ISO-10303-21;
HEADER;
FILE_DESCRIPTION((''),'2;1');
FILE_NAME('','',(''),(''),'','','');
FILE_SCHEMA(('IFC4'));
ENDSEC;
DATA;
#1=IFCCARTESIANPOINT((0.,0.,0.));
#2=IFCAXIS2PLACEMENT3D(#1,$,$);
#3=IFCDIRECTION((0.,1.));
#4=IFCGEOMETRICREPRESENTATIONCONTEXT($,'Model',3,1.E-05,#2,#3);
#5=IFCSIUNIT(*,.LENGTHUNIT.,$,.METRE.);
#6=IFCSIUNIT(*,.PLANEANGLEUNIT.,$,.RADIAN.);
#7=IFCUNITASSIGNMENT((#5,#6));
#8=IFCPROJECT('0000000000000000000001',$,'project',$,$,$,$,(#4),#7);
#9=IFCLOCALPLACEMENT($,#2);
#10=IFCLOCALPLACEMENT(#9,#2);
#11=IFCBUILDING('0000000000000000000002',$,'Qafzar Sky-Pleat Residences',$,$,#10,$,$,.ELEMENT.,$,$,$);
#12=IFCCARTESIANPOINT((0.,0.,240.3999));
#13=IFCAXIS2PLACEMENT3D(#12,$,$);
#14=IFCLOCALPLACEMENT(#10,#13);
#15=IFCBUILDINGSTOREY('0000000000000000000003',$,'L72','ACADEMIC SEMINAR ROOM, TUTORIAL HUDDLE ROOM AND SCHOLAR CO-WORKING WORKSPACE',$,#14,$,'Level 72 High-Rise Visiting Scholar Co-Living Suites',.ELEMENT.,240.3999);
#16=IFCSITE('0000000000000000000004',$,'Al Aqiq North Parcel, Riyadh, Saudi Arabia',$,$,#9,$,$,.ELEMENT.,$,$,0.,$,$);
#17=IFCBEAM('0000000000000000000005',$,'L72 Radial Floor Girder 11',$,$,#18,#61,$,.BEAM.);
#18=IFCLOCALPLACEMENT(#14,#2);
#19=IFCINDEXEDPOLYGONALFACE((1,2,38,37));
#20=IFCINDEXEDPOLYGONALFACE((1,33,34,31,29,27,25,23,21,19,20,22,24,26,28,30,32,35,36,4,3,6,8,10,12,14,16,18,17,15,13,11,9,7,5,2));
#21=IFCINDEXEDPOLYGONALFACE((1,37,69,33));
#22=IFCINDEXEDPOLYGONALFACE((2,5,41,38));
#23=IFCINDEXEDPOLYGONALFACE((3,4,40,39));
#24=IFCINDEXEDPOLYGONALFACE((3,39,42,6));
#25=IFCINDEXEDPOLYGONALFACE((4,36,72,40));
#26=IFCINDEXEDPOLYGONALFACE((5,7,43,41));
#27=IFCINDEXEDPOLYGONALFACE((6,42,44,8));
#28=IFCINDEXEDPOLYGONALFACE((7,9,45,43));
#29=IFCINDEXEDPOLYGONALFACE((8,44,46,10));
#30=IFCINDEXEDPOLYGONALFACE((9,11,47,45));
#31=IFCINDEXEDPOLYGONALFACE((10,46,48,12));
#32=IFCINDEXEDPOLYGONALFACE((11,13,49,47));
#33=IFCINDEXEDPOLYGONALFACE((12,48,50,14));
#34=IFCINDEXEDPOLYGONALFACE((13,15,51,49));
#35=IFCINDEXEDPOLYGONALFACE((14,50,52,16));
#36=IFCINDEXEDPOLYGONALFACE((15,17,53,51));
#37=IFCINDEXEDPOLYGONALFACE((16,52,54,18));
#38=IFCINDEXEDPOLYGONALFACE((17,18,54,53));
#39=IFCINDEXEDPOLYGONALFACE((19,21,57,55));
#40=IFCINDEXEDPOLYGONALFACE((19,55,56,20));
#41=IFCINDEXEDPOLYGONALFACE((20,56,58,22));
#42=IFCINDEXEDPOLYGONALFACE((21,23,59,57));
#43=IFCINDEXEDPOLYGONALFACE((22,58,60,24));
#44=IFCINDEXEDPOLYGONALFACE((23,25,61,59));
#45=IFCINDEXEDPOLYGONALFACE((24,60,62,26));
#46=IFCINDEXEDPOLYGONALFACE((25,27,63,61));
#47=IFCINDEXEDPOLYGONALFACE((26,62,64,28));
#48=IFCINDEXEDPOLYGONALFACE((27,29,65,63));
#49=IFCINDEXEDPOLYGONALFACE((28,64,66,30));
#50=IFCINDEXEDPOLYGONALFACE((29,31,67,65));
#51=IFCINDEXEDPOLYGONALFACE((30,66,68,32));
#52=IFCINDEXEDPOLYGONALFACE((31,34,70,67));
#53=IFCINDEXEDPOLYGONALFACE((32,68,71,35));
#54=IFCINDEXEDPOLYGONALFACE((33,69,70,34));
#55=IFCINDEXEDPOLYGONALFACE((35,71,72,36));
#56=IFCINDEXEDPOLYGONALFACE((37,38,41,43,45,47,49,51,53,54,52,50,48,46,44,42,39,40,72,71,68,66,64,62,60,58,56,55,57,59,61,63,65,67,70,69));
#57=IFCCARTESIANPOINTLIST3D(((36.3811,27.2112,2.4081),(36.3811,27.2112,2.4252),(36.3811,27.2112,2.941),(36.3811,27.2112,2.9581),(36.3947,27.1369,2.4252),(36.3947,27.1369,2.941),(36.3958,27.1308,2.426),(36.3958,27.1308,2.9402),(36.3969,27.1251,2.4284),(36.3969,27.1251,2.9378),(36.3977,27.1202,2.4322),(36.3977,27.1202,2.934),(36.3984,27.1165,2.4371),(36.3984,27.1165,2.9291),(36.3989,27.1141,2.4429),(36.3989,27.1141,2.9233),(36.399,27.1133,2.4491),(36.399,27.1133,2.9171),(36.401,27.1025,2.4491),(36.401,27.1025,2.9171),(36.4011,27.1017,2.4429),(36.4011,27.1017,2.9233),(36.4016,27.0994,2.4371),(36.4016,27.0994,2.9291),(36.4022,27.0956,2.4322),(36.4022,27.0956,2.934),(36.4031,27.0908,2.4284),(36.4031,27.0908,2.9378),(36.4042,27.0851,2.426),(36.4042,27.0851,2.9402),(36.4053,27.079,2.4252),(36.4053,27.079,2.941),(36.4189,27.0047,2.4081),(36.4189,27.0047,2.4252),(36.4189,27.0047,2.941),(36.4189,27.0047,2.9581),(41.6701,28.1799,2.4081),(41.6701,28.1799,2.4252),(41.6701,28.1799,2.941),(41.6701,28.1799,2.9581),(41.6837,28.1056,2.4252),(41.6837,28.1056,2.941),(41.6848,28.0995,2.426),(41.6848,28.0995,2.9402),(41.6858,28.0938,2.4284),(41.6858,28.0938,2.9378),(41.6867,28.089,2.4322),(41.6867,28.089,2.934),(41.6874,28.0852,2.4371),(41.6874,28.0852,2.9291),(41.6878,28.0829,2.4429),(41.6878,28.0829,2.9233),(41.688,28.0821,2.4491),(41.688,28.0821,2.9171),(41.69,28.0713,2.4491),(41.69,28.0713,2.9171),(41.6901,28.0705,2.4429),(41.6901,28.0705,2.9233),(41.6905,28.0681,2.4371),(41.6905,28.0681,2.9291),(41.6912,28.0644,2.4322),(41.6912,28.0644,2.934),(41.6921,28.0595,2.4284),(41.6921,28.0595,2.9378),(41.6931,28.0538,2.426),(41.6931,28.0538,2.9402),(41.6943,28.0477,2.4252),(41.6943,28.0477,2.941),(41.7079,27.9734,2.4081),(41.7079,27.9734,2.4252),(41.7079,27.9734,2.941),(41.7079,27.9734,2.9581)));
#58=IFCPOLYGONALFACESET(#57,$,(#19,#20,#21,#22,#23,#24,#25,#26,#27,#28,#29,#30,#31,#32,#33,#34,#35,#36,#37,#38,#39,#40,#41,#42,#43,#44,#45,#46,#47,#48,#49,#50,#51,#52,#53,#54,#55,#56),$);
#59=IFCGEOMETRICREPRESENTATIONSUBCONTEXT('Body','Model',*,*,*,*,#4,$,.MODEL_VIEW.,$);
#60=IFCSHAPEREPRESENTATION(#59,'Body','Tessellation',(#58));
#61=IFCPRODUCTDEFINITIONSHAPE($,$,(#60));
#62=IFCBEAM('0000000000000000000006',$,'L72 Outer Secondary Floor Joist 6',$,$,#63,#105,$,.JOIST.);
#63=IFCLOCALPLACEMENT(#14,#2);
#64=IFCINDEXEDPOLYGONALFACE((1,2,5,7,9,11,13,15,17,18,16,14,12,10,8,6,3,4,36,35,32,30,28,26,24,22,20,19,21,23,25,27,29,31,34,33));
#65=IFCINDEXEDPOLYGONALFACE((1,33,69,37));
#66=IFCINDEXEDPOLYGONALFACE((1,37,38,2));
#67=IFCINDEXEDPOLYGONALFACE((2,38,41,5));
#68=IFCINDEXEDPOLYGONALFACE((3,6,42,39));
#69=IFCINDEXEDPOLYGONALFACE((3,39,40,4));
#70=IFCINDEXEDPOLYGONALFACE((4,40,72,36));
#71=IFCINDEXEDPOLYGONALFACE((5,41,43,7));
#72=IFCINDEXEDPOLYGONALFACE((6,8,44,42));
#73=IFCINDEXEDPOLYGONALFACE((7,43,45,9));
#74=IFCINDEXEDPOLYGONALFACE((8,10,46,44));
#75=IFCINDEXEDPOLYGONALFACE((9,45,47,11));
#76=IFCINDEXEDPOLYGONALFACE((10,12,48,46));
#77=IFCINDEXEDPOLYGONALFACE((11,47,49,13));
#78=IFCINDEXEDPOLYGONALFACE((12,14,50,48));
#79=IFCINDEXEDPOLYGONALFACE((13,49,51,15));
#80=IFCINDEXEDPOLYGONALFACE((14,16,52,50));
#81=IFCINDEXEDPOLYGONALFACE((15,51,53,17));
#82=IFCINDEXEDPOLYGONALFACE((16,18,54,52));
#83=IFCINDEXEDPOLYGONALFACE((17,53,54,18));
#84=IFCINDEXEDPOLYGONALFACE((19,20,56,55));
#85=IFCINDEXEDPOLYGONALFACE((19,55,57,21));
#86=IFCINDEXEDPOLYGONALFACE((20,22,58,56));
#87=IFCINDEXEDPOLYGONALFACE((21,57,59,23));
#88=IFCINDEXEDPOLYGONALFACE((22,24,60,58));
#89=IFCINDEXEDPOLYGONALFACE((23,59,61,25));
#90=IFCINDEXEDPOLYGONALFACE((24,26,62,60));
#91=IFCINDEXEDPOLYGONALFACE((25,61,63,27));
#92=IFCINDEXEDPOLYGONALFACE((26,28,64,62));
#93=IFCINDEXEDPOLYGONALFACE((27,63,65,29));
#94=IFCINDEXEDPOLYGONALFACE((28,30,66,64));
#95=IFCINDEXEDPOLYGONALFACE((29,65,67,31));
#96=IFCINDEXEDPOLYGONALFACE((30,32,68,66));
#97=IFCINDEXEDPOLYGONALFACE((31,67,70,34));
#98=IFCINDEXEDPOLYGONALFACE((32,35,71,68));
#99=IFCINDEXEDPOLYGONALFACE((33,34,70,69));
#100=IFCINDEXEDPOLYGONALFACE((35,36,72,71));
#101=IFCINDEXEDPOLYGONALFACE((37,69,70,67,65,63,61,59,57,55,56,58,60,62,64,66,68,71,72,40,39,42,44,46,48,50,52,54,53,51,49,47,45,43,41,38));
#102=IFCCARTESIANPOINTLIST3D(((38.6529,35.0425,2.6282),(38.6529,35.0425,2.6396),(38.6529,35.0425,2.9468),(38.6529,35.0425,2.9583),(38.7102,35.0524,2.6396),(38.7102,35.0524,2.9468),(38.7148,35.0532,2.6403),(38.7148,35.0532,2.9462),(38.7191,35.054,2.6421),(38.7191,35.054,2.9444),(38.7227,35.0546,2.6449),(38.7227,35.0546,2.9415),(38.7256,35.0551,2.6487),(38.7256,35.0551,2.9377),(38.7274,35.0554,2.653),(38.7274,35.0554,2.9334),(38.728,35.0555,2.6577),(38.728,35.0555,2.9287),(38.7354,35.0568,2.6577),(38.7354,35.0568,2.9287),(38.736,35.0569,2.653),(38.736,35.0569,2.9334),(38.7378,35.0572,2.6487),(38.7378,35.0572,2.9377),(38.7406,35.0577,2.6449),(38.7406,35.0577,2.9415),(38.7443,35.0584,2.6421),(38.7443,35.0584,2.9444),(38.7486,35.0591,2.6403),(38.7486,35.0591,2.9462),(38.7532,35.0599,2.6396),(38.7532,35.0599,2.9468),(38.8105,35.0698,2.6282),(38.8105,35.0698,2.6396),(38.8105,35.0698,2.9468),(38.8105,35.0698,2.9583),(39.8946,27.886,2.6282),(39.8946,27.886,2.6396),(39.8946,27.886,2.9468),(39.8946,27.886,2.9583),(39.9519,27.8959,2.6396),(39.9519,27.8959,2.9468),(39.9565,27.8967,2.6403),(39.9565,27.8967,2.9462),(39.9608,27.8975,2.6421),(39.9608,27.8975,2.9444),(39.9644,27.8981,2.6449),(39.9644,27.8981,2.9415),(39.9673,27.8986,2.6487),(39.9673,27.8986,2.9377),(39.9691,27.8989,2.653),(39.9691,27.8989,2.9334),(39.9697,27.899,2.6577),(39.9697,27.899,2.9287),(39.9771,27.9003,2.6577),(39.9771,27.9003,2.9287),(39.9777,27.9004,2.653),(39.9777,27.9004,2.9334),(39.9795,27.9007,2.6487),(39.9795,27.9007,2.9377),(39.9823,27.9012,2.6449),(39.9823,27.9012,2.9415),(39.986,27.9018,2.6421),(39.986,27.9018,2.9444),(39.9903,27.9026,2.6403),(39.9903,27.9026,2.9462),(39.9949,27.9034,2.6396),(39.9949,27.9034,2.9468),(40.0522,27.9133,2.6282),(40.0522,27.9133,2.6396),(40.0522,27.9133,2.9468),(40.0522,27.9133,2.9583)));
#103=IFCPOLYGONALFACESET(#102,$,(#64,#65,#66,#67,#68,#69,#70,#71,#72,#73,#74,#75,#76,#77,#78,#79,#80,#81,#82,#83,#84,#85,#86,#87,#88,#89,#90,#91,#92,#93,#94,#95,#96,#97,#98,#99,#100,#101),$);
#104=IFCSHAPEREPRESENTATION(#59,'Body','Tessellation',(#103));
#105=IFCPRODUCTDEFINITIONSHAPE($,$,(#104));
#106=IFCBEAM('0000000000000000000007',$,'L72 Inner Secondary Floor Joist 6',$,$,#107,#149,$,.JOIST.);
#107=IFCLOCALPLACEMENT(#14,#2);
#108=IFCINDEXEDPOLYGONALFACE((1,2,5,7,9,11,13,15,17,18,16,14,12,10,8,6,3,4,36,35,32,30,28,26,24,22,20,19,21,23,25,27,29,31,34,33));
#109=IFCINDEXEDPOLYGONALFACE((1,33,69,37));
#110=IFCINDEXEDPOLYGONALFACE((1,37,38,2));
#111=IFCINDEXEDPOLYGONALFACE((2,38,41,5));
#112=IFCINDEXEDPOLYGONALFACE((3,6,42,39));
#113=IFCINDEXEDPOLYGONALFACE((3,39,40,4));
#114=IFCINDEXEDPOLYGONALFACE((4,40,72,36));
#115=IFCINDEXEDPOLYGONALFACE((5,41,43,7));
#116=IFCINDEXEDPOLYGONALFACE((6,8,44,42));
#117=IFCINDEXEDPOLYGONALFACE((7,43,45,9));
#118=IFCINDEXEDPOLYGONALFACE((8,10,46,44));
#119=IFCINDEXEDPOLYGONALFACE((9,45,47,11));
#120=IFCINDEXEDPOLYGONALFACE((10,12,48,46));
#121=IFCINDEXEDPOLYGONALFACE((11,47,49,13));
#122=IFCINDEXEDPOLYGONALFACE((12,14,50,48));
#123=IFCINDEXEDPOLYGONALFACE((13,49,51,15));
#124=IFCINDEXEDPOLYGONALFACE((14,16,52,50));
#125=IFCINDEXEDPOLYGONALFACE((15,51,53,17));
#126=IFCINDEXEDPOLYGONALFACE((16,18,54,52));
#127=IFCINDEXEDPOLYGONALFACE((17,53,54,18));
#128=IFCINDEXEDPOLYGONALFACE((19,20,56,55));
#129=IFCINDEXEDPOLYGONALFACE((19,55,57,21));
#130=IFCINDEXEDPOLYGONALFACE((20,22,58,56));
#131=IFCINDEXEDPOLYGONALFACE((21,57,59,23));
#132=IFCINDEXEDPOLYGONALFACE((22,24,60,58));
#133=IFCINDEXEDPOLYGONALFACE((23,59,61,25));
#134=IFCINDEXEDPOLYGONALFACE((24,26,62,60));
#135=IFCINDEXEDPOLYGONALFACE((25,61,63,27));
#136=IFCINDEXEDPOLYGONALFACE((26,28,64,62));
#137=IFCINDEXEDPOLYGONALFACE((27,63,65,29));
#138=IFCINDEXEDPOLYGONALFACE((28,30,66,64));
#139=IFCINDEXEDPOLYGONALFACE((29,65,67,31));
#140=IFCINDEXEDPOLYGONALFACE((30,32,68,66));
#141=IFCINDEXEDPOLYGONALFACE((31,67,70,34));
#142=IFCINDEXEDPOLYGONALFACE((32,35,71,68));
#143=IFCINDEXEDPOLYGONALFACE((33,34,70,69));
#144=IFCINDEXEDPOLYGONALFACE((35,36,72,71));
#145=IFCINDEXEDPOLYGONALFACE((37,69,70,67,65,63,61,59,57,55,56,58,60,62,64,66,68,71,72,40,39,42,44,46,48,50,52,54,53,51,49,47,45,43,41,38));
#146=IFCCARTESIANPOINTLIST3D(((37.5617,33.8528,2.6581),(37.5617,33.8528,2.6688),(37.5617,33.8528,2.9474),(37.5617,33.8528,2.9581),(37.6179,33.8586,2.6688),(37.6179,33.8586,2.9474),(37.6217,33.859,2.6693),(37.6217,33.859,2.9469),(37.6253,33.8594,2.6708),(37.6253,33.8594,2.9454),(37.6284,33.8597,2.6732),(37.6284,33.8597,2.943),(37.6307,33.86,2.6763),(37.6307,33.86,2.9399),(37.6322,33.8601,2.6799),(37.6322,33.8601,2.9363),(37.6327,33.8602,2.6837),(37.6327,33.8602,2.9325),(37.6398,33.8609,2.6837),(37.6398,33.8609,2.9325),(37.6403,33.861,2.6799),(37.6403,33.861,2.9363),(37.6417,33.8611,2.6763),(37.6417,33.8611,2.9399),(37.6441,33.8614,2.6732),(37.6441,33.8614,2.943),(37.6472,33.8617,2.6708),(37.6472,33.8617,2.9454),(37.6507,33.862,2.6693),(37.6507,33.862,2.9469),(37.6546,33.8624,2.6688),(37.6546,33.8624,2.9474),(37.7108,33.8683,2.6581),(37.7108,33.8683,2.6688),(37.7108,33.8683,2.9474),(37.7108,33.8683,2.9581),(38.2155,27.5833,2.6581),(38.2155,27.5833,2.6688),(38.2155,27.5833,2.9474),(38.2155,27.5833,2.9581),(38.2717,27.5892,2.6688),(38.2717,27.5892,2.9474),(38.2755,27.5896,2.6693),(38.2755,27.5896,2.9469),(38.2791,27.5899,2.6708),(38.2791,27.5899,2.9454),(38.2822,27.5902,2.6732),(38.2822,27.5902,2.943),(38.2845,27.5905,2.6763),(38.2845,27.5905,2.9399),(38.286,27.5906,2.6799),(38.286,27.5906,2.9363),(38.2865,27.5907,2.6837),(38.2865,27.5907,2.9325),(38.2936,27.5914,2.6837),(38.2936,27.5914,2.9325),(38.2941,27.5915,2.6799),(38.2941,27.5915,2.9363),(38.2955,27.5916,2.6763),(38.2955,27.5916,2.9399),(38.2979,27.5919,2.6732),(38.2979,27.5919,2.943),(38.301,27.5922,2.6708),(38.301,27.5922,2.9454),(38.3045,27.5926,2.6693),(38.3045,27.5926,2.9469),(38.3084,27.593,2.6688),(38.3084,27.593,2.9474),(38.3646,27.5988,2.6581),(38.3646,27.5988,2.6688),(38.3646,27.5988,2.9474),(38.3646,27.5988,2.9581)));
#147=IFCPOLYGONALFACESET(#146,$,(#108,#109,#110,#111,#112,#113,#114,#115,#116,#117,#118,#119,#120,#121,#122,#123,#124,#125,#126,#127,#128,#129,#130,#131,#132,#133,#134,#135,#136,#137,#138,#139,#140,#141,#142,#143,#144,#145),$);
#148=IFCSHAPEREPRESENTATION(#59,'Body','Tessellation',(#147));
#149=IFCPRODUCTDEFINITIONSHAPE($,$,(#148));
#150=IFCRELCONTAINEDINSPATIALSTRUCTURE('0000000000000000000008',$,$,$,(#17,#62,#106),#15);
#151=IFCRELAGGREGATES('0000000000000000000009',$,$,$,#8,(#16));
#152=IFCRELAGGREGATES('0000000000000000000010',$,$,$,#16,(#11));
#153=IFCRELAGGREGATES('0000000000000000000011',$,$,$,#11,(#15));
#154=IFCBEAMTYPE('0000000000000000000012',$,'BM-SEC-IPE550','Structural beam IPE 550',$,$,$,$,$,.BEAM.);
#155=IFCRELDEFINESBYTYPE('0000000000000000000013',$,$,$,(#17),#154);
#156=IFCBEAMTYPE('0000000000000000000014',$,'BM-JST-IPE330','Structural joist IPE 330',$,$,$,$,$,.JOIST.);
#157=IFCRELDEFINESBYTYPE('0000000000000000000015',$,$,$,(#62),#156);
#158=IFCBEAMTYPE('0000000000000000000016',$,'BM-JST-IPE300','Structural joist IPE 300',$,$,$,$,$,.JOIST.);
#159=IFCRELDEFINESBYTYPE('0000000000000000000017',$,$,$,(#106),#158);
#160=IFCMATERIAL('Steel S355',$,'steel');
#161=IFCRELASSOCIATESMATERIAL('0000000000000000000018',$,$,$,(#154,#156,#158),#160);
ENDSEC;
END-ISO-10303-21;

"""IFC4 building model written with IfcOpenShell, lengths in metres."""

from ifc_helpers import new_model, si_unit, direction, frame, origin, origin_2d, place, context, subcontext, project, spatial, i_section, extrude, source, transform, mapped, material, material_profile, profile_set, type_object, element, save


model = new_model("IFC4")

# Units and contexts
model_context = context("Model", 3, precision=1e-05, world=origin(), true_north=direction((0.0, 1.0)))
body_context = subcontext(model_context, "Body", "Model", "MODEL_VIEW")
ifc_project = project(units=[si_unit("LENGTHUNIT", "METRE"), si_unit("PLANEANGLEUNIT", "RADIAN")], contexts=[model_context])

# Site, building, storey
site_placement = place(None, origin())
site = spatial("IfcSite", under=ifc_project, at=site_placement, Name="Al Aqiq North Parcel, Riyadh, Saudi Arabia", CompositionType="ELEMENT", RefElevation=0.0)
building_placement = place(site_placement, origin())
building = spatial("IfcBuilding", under=site, at=building_placement, Name="Qafzar Sky-Pleat Residences", CompositionType="ELEMENT")
storey_placement = place(building_placement, frame((0.0, 0.0, 240.3999)))
storey = spatial("IfcBuildingStorey", under=building, at=storey_placement, Name="L72", Description="ACADEMIC SEMINAR ROOM, TUTORIAL HUDDLE ROOM AND SCHOLAR CO-WORKING WORKSPACE", LongName="Level 72 High-Rise Visiting Scholar Co-Living Suites", CompositionType="ELEMENT", Elevation=240.3999)

# Shared definitions
ifc_material_1 = material(Name="Steel S355", Category="steel")

# Beams
ifc_material_profile_1 = material_profile(ifc_material_1, i_section(OverallWidth=0.21, OverallDepth=0.55, WebThickness=0.011, FlangeThickness=0.0171, FilletRadius=0.0239, at=origin_2d()), Name="IPE 550")
ifc_profile_set_1 = profile_set([ifc_material_profile_1], Name="Steel S355")
beam_type_1 = type_object("IfcBeamType", Name="BM-SEC-IPE550", Description="Structural beam IPE 550", PredefinedType="BEAM", material=ifc_profile_set_1)
shared_shape_1 = source(origin(), body_context, "Body", "SweptSolid", [
    extrude(i_section(OverallWidth=0.21, OverallDepth=0.55, WebThickness=0.011, FlangeThickness=0.0171, FilletRadius=0.0239, at=origin_2d()), origin(), (0.0, 0.0, 1.0), 5.377),
])
beam_1_placement = place(storey_placement, frame((41.689, 28.0767, 2.6831), z_axis=(-0.983637, -0.180164, 0.0), x_axis=(0.180164, -0.983637, 0.0)))
element("IfcBeam", 1, at=beam_1_placement, inside=storey, type_object=beam_type_1, Name="L72 Radial Floor Girder 11", PredefinedType="BEAM", context=body_context, shape_type="MappedRepresentation", body=[
    mapped(shared_shape_1, transform((0.0, 0.0, 0.0), x_axis=(1.0, 0.0, 0.0), y_axis=(0.0, 1.0, 0.0), z_axis=(0.0, 0.0, 1.0), scale=1.0)),
])
ifc_material_profile_2 = material_profile(ifc_material_1, i_section(OverallWidth=0.1599, OverallDepth=0.3301, WebThickness=0.0076, FlangeThickness=0.0115, FilletRadius=0.0181, at=origin_2d()), Name="IPE 330")
ifc_profile_set_2 = profile_set([ifc_material_profile_2], Name="Steel S355")
beam_type_2 = type_object("IfcBeamType", Name="BM-JST-IPE330", Description="Structural joist IPE 330", PredefinedType="JOIST", material=ifc_profile_set_2)
shared_shape_2 = source(origin(), body_context, "Body", "SweptSolid", [
    extrude(i_section(OverallWidth=0.1599, OverallDepth=0.3301, WebThickness=0.0076, FlangeThickness=0.0115, FilletRadius=0.0181, at=origin_2d()), origin(), (0.0, 0.0, 1.0), 7.2634),
])
beam_2_placement = place(storey_placement, frame((39.9734, 27.8997, 2.7932), z_axis=(-0.170952, 0.985279, 0.0), x_axis=(-0.985279, -0.170952, 0.0)))
element("IfcBeam", 2, at=beam_2_placement, inside=storey, type_object=beam_type_2, Name="L72 Outer Secondary Floor Joist 6", PredefinedType="JOIST", context=body_context, shape_type="MappedRepresentation", body=[
    mapped(shared_shape_2, transform((0.0, 0.0, 0.0), x_axis=(1.0, 0.0, 0.0), y_axis=(0.0, 1.0, 0.0), z_axis=(0.0, 0.0, 1.0), scale=1.0)),
])
ifc_material_profile_3 = material_profile(ifc_material_1, i_section(OverallWidth=0.1499, OverallDepth=0.3, WebThickness=0.0071, FlangeThickness=0.0107, FilletRadius=0.0149, at=origin_2d()), Name="IPE 300")
ifc_profile_set_3 = profile_set([ifc_material_profile_3], Name="Steel S355")
beam_type_3 = type_object("IfcBeamType", Name="BM-JST-IPE300", Description="Structural joist IPE 300", PredefinedType="JOIST", material=ifc_profile_set_3)
shared_shape_3 = source(origin(), body_context, "Body", "SweptSolid", [
    extrude(i_section(OverallWidth=0.1499, OverallDepth=0.3, WebThickness=0.0071, FlangeThickness=0.0107, FilletRadius=0.0149, at=origin_2d()), origin(), (0.0, 0.0, 1.0), 6.3035),
])
beam_3_placement = place(storey_placement, frame((38.29, 27.5911, 2.8081), z_axis=(-0.103721, 0.994606, 0.0), x_axis=(-0.994606, -0.103721, 0.0)))
element("IfcBeam", 3, at=beam_3_placement, inside=storey, type_object=beam_type_3, Name="L72 Inner Secondary Floor Joist 6", PredefinedType="JOIST", context=body_context, shape_type="MappedRepresentation", body=[
    mapped(shared_shape_3, transform((0.0, 0.0, 0.0), x_axis=(1.0, 0.0, 0.0), y_axis=(0.0, 1.0, 0.0), z_axis=(0.0, 0.0, 1.0), scale=1.0)),
])

save(model, "model.ifc")
